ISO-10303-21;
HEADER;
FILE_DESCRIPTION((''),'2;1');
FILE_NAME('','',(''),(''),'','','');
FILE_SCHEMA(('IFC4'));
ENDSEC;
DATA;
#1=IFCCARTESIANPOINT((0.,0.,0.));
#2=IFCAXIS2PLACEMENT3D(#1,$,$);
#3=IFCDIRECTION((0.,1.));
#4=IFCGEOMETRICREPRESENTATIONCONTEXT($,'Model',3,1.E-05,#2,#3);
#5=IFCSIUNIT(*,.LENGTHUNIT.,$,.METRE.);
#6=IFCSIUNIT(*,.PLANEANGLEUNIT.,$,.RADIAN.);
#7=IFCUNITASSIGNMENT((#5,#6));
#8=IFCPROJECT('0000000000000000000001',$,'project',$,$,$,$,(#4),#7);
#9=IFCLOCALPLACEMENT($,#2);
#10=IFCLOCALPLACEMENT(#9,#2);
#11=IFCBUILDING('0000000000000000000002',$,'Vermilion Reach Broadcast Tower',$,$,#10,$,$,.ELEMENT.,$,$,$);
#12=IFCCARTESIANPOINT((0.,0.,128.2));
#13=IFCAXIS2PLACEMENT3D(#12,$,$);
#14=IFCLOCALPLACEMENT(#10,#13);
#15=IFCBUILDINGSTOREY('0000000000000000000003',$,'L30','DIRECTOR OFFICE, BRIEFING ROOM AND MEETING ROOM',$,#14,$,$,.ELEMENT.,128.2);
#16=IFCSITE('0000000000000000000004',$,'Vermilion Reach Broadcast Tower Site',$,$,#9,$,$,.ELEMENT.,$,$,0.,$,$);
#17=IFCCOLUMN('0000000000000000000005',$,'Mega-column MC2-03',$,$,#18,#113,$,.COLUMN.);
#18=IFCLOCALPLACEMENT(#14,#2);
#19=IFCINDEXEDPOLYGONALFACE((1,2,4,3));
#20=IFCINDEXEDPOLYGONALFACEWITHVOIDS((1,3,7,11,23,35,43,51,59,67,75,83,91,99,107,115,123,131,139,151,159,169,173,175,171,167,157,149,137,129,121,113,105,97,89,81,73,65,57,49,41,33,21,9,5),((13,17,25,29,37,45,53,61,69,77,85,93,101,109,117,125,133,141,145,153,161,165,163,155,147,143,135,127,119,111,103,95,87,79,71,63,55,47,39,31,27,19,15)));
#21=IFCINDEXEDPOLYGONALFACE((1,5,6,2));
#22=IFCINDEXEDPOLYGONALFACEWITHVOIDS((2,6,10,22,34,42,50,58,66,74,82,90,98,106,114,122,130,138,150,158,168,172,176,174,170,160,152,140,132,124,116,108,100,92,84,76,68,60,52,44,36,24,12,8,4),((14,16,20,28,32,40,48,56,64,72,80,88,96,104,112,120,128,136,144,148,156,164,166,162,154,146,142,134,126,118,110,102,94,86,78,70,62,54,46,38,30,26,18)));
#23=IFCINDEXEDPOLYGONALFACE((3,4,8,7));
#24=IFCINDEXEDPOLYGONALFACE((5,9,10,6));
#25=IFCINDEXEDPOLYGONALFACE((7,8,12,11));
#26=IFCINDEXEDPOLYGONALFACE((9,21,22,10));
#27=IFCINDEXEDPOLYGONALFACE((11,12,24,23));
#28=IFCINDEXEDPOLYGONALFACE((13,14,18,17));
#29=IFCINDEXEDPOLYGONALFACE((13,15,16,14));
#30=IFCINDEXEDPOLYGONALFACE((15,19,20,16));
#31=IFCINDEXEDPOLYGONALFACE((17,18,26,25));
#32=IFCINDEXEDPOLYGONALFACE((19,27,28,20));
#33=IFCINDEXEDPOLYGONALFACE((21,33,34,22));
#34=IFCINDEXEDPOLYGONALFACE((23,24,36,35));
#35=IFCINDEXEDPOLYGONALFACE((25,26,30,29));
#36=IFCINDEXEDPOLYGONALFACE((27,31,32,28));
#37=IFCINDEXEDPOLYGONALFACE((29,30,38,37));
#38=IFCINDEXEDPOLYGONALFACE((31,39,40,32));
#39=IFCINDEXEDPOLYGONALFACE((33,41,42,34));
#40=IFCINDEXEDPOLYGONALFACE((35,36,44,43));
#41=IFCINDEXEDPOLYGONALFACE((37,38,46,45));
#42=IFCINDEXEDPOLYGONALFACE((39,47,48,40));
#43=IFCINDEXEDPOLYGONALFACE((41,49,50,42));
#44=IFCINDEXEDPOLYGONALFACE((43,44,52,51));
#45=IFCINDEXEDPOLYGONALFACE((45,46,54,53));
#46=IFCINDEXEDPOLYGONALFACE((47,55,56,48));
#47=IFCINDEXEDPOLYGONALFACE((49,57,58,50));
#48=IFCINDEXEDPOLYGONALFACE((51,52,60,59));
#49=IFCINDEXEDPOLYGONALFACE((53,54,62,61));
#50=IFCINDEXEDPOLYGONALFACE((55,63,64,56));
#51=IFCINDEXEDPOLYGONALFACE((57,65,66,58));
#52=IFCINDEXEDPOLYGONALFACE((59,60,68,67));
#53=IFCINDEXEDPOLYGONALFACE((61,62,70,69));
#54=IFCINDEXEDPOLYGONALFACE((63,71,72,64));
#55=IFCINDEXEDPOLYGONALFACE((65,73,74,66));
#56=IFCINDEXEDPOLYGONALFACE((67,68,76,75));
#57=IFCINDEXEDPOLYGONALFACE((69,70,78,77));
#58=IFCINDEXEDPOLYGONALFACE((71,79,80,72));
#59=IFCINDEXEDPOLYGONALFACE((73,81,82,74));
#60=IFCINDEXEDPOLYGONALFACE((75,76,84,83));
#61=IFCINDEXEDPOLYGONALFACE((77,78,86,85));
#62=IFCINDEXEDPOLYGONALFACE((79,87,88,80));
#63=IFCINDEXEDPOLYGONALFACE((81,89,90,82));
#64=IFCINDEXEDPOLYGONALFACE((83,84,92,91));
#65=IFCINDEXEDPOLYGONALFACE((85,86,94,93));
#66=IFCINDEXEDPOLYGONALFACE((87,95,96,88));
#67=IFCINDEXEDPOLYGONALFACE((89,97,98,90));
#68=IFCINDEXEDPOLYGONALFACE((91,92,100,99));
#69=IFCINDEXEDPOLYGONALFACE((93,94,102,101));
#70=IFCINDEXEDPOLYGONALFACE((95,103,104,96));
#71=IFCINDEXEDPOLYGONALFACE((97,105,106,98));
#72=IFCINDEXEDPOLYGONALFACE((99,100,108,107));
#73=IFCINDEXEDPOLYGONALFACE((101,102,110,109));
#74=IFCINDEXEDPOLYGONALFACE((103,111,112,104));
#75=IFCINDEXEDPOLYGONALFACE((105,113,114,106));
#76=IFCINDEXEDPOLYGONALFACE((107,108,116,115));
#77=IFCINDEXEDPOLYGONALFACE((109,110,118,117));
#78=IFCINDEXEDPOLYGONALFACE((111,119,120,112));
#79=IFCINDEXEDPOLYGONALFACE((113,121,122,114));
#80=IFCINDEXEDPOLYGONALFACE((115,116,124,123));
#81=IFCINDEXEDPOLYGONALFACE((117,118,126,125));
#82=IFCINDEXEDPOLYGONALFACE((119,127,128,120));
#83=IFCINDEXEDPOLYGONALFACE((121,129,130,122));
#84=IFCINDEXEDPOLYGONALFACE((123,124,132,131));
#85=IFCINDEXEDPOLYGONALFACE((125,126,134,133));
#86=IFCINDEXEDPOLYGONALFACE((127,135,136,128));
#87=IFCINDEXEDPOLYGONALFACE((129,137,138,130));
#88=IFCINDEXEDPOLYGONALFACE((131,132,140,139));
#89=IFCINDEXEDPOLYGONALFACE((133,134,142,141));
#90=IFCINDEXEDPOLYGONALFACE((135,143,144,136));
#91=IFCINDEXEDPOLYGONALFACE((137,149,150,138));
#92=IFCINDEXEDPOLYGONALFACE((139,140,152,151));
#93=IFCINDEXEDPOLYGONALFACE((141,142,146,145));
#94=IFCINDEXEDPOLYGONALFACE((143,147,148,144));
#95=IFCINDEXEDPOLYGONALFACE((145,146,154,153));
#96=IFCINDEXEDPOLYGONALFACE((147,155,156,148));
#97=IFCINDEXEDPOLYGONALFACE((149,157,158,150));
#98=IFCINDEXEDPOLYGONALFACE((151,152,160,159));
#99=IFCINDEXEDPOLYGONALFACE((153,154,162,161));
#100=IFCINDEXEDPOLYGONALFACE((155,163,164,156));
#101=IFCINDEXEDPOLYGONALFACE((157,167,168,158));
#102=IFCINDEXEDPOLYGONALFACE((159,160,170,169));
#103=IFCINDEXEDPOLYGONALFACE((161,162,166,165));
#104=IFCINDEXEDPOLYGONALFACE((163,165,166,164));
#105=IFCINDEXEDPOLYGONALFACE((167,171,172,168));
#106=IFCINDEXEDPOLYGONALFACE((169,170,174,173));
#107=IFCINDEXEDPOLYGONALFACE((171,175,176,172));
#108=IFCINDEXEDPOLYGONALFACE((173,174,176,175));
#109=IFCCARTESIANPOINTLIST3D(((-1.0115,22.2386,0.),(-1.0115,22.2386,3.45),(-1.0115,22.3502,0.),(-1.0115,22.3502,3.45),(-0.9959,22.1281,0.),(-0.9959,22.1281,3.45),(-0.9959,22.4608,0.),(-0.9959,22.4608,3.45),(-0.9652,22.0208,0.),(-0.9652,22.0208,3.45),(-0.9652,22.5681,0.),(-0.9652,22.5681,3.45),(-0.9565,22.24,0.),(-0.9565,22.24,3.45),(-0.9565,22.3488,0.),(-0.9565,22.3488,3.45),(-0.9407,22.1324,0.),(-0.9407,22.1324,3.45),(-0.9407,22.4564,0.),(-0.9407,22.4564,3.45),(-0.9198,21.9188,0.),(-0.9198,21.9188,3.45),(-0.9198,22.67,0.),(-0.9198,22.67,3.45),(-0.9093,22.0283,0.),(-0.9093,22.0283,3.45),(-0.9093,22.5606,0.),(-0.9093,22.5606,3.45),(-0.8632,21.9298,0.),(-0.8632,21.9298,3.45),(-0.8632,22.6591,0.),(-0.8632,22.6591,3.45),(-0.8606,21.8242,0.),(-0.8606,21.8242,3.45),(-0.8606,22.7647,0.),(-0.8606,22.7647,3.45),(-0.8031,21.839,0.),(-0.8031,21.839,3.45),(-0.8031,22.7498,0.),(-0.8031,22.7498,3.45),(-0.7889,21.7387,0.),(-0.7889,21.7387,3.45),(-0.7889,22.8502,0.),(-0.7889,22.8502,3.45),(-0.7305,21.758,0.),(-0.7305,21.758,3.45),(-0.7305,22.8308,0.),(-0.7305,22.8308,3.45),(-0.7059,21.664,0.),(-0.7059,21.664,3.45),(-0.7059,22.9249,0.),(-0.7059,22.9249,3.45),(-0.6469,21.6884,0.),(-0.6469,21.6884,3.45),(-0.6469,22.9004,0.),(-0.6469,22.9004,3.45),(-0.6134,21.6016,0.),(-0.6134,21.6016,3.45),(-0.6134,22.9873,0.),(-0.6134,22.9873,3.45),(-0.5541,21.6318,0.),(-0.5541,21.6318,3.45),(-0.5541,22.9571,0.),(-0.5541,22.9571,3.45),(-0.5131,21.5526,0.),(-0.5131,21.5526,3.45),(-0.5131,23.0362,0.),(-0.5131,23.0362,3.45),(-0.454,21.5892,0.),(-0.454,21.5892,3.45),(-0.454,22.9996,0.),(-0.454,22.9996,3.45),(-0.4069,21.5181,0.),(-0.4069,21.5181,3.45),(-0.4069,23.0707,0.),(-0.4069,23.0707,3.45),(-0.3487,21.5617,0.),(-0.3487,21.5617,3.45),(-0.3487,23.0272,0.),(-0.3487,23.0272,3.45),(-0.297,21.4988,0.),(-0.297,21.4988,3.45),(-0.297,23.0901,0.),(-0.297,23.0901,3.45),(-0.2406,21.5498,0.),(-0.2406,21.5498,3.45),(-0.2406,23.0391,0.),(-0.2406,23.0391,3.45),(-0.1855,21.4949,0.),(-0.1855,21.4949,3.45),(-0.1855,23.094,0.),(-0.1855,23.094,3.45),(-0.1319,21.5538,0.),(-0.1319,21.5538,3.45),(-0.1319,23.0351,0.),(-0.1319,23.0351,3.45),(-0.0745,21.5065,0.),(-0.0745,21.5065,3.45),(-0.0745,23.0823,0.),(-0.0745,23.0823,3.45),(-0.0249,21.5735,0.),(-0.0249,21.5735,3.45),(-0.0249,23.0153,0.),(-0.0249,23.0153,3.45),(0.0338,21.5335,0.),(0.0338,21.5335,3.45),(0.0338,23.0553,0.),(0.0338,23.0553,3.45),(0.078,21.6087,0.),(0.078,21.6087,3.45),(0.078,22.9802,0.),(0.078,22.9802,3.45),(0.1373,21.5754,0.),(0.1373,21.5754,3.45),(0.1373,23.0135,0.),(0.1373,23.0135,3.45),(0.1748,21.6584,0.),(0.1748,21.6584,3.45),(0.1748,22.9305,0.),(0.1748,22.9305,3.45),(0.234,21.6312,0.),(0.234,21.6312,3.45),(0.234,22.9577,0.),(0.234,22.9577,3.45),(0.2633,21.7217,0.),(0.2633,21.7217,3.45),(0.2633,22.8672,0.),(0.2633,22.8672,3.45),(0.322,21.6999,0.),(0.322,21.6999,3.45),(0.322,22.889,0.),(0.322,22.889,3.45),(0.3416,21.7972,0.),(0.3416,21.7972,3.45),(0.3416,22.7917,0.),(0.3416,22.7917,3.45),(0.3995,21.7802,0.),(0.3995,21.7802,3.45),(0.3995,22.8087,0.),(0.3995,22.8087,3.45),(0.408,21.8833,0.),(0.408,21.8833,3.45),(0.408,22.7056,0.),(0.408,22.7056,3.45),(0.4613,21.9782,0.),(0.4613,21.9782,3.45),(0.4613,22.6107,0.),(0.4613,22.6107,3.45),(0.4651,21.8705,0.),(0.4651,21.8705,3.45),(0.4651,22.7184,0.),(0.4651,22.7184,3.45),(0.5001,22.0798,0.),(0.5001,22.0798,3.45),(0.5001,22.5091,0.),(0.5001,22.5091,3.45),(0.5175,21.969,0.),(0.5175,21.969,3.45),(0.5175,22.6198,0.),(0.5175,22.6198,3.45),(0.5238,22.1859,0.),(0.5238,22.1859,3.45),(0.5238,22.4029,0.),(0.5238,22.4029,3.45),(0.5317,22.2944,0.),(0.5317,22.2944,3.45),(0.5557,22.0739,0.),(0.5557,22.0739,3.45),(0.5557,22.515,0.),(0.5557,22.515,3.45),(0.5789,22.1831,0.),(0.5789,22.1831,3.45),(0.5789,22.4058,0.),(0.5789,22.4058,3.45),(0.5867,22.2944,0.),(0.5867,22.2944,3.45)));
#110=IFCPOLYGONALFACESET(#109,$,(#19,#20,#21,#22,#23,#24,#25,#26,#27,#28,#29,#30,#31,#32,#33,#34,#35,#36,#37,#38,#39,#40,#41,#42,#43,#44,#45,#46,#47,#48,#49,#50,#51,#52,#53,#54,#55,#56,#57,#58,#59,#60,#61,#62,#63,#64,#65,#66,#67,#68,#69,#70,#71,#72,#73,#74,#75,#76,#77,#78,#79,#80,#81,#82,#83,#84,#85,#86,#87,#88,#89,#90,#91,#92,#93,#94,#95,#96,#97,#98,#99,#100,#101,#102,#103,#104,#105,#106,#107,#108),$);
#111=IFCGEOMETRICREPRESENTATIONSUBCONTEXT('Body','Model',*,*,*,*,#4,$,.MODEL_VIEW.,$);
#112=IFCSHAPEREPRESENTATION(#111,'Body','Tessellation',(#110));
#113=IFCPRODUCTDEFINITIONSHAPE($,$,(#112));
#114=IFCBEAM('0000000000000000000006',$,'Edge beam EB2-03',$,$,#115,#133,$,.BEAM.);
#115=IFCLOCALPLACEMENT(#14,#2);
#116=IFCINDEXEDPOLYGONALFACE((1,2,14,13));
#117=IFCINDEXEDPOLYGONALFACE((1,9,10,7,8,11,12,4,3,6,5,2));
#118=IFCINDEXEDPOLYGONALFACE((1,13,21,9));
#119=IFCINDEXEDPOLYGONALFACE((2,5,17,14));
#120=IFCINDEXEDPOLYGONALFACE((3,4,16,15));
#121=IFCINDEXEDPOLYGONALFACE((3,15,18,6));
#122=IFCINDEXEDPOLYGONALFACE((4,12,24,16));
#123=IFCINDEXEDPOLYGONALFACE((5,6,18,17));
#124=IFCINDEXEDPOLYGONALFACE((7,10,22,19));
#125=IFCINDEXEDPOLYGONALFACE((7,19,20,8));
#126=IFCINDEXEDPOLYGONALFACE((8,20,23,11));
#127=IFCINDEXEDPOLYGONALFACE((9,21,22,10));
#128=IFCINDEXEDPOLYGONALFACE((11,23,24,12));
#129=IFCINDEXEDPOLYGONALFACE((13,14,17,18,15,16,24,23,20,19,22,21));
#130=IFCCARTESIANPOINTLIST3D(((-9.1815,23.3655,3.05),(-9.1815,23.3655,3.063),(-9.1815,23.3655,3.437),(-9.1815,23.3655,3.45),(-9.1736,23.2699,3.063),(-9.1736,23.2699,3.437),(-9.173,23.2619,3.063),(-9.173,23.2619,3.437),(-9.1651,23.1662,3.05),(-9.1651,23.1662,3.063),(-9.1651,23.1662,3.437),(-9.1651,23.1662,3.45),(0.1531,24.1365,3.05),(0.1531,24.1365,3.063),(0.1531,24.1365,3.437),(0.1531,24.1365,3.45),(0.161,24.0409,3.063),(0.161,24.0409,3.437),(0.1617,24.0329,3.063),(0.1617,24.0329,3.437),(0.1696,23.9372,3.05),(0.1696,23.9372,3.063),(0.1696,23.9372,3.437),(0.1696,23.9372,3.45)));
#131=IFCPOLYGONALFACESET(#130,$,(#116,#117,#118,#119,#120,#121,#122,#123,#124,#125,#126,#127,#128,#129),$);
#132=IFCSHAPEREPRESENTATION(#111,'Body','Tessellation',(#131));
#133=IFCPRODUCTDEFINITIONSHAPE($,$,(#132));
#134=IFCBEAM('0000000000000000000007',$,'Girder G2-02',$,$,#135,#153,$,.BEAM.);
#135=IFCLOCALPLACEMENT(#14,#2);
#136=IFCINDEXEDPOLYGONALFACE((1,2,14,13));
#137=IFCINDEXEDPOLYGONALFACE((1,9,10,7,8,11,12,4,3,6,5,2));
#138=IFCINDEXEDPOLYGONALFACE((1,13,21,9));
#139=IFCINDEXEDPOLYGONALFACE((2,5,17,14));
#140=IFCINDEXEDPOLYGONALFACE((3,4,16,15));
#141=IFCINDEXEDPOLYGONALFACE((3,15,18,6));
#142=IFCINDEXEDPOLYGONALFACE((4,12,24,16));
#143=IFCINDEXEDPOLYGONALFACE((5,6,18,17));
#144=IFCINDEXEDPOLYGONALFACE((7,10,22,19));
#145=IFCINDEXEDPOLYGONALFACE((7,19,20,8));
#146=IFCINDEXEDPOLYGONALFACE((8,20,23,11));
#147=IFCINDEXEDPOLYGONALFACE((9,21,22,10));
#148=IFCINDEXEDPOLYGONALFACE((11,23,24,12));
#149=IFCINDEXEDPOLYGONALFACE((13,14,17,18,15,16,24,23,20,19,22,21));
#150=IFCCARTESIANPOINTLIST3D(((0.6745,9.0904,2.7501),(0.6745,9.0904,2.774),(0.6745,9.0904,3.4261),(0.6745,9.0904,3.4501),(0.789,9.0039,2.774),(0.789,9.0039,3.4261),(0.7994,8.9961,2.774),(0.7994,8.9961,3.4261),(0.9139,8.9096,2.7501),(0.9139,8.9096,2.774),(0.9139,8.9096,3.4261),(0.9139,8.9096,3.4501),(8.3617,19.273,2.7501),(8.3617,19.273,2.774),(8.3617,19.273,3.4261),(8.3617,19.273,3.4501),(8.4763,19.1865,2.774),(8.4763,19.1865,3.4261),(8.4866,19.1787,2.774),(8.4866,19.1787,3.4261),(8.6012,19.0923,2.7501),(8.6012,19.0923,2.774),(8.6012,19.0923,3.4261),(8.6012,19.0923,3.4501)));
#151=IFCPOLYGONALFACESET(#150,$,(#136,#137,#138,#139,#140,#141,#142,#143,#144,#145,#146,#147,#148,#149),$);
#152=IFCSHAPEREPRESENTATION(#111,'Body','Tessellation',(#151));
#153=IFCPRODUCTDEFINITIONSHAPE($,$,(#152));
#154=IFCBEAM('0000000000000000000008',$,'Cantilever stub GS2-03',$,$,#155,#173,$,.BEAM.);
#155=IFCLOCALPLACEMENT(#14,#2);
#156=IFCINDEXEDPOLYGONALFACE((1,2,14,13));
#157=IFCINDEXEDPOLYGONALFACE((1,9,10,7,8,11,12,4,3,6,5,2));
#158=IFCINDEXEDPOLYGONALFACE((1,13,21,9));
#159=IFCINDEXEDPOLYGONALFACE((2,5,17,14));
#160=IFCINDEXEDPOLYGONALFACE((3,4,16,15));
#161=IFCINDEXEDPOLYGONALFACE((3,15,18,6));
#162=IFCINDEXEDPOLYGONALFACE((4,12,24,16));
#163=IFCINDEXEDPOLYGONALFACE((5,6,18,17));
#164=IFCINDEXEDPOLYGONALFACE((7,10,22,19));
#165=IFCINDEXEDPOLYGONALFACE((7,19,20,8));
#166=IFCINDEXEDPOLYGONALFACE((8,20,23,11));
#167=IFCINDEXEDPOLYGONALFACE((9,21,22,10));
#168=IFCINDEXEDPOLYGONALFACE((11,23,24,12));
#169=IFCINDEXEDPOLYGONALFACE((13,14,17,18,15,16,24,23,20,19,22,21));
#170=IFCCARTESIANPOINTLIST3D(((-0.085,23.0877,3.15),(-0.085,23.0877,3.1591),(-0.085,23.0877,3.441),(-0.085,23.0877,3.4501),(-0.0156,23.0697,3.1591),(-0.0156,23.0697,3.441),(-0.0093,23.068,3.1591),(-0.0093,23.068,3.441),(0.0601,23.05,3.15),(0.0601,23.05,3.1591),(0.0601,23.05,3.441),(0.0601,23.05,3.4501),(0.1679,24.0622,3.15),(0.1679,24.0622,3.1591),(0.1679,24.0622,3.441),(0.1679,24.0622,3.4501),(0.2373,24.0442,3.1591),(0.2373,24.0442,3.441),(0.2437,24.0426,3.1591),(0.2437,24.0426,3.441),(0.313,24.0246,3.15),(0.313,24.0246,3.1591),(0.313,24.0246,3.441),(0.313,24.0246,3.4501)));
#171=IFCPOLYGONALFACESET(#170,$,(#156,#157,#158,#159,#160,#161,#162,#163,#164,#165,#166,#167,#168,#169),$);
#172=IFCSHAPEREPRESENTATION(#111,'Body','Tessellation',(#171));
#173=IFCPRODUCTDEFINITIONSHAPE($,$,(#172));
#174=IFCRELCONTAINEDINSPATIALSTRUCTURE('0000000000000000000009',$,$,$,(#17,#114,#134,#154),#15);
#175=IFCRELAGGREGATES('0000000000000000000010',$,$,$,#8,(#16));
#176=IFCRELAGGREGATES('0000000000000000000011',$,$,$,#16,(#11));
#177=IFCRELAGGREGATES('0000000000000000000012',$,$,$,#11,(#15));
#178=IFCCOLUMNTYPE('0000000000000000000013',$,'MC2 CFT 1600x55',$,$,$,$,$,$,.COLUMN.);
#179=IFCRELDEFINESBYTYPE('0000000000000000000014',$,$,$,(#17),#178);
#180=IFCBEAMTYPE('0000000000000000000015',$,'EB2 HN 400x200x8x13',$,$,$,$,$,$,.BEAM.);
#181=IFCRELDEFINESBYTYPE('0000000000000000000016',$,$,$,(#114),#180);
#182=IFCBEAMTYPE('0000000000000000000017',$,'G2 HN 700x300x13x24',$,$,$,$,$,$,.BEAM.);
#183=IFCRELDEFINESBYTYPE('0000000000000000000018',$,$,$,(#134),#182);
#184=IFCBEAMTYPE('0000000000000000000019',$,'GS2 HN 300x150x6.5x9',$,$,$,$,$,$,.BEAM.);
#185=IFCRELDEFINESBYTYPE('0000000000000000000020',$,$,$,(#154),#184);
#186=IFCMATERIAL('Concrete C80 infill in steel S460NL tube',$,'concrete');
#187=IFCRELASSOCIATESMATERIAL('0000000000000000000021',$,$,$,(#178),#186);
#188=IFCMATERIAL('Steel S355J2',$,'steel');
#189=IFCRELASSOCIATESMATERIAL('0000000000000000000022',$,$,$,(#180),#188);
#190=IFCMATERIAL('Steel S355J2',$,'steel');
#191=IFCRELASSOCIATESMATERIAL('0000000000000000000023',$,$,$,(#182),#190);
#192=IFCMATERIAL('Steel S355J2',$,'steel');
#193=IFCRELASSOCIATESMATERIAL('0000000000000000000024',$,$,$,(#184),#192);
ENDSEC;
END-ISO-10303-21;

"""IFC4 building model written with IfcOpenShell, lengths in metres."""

from ifc_helpers import new_model, si_unit, direction, frame, origin, origin_2d, place, context, subcontext, project, spatial, hollow_circle, i_section, extrude, material, material_profile, profile_set, type_object, element, save


model = new_model("IFC4")

# Units and contexts
model_context = context("Model", 3, precision=1e-05, world=origin(), true_north=direction((0.0, 1.0)))
body_context = subcontext(model_context, "Body", "Model", "MODEL_VIEW")
ifc_project = project(units=[si_unit("LENGTHUNIT", "METRE"), si_unit("PLANEANGLEUNIT", "RADIAN")], contexts=[model_context])

# Site, building, storey
site_placement = place(None, origin())
site = spatial("IfcSite", under=ifc_project, at=site_placement, Name="Vermilion Reach Broadcast Tower Site", CompositionType="ELEMENT", RefElevation=0.0)
building_placement = place(site_placement, origin())
building = spatial("IfcBuilding", under=site, at=building_placement, Name="Vermilion Reach Broadcast Tower", CompositionType="ELEMENT")
storey_placement = place(building_placement, frame((0.0, 0.0, 128.2)))
storey = spatial("IfcBuildingStorey", under=building, at=storey_placement, Name="L30", Description="DIRECTOR OFFICE, BRIEFING ROOM AND MEETING ROOM", CompositionType="ELEMENT", Elevation=128.2)

# Column
ifc_material_1 = material(Name="Concrete C80 infill in steel S460NL tube", Category="concrete")
ifc_material_profile_1 = material_profile(ifc_material_1, hollow_circle(Radius=0.8, WallThickness=0.0549, at=origin_2d()), Name="Concrete C80 infill in steel S460NL tube CFT 1600x55")
ifc_profile_set_1 = profile_set([ifc_material_profile_1], Name="Concrete C80 infill in steel S460NL tube")
column_type = type_object("IfcColumnType", Name="MC2 CFT 1600x55", PredefinedType="COLUMN", material=ifc_profile_set_1)
column_placement = place(storey_placement, frame((-0.2134, 22.2944, 0.0), z_axis=(0.0, 0.0, 1.0), x_axis=(1.0, 0.0, 0.0)))
element("IfcColumn", 1, at=column_placement, inside=storey, type_object=column_type, Name="Mega-column MC2-03", PredefinedType="COLUMN", context=body_context, shape_type="SweptSolid", body=[
    extrude(hollow_circle(Radius=0.8, WallThickness=0.0549, at=origin_2d()), origin(), (0.0, 0.0, 1.0), 3.45),
])

# Beams
ifc_material_2 = material(Name="Steel S355J2", Category="steel")
ifc_material_profile_2 = material_profile(ifc_material_2, i_section(OverallWidth=0.2, OverallDepth=0.3999, WebThickness=0.0081, FlangeThickness=0.0129, at=origin_2d()), Name="S355J2 HN 400x200x8x13")
ifc_profile_set_2 = profile_set([ifc_material_profile_2], Name="Steel S355J2")
beam_type_1 = type_object("IfcBeamType", Name="EB2 HN 400x200x8x13", PredefinedType="BEAM", material=ifc_profile_set_2)
beam_1_placement = place(storey_placement, frame((0.1614, 24.0369, 3.25), z_axis=(-0.996606, -0.082314, 0.0), x_axis=(0.082314, -0.996606, 0.0)))
element("IfcBeam", 2, at=beam_1_placement, inside=storey, type_object=beam_type_1, Name="Edge beam EB2-03", PredefinedType="BEAM", context=body_context, shape_type="SweptSolid", body=[
    extrude(i_section(OverallWidth=0.2, OverallDepth=0.3999, WebThickness=0.0081, FlangeThickness=0.0129, at=origin_2d()), origin(), (0.0, 0.0, 1.0), 9.3665),
])
ifc_material_3 = material(Name="Steel S355J2", Category="steel")
ifc_material_profile_3 = material_profile(ifc_material_3, i_section(OverallWidth=0.3, OverallDepth=0.7, WebThickness=0.0129, FlangeThickness=0.0239, at=origin_2d()), Name="S355J2 HN 700x300x13x24")
ifc_profile_set_3 = profile_set([ifc_material_profile_3], Name="Steel S355J2")
beam_type_2 = type_object("IfcBeamType", Name="G2 HN 700x300x13x24", PredefinedType="BEAM", material=ifc_profile_set_3)
beam_2_placement = place(storey_placement, frame((0.7942, 9.0, 3.1001), z_axis=(0.60252, 0.798104, 0.0), x_axis=(-0.798104, 0.60252, 0.0)))
element("IfcBeam", 3, at=beam_2_placement, inside=storey, type_object=beam_type_2, Name="Girder G2-02", PredefinedType="BEAM", context=body_context, shape_type="SweptSolid", body=[
    extrude(i_section(OverallWidth=0.3, OverallDepth=0.7, WebThickness=0.0129, FlangeThickness=0.0239, at=origin_2d()), origin(), (0.0, 0.0, 1.0), 12.7585),
])
ifc_material_4 = material(Name="Steel S355J2", Category="steel")
ifc_material_profile_4 = material_profile(ifc_material_4, i_section(OverallWidth=0.1499, OverallDepth=0.3, WebThickness=0.0066, FlangeThickness=0.009, at=origin_2d()), Name="S355J2 HN 300x150x6.5x9")
ifc_profile_set_4 = profile_set([ifc_material_profile_4], Name="Steel S355J2")
beam_type_3 = type_object("IfcBeamType", Name="GS2 HN 300x150x6.5x9", PredefinedType="BEAM", material=ifc_profile_set_4)
beam_3_placement = place(storey_placement, frame((-0.0125, 23.0688, 3.3), z_axis=(0.251198, 0.967936, 0.0), x_axis=(-0.967936, 0.251198, 0.0)))
element("IfcBeam", 4, at=beam_3_placement, inside=storey, type_object=beam_type_3, Name="Cantilever stub GS2-03", PredefinedType="BEAM", context=body_context, shape_type="SweptSolid", body=[
    extrude(i_section(OverallWidth=0.1499, OverallDepth=0.3, WebThickness=0.0066, FlangeThickness=0.009, at=origin_2d()), origin(), (0.0, 0.0, 1.0), 1.0068),
])

save(model, "model.ifc")
